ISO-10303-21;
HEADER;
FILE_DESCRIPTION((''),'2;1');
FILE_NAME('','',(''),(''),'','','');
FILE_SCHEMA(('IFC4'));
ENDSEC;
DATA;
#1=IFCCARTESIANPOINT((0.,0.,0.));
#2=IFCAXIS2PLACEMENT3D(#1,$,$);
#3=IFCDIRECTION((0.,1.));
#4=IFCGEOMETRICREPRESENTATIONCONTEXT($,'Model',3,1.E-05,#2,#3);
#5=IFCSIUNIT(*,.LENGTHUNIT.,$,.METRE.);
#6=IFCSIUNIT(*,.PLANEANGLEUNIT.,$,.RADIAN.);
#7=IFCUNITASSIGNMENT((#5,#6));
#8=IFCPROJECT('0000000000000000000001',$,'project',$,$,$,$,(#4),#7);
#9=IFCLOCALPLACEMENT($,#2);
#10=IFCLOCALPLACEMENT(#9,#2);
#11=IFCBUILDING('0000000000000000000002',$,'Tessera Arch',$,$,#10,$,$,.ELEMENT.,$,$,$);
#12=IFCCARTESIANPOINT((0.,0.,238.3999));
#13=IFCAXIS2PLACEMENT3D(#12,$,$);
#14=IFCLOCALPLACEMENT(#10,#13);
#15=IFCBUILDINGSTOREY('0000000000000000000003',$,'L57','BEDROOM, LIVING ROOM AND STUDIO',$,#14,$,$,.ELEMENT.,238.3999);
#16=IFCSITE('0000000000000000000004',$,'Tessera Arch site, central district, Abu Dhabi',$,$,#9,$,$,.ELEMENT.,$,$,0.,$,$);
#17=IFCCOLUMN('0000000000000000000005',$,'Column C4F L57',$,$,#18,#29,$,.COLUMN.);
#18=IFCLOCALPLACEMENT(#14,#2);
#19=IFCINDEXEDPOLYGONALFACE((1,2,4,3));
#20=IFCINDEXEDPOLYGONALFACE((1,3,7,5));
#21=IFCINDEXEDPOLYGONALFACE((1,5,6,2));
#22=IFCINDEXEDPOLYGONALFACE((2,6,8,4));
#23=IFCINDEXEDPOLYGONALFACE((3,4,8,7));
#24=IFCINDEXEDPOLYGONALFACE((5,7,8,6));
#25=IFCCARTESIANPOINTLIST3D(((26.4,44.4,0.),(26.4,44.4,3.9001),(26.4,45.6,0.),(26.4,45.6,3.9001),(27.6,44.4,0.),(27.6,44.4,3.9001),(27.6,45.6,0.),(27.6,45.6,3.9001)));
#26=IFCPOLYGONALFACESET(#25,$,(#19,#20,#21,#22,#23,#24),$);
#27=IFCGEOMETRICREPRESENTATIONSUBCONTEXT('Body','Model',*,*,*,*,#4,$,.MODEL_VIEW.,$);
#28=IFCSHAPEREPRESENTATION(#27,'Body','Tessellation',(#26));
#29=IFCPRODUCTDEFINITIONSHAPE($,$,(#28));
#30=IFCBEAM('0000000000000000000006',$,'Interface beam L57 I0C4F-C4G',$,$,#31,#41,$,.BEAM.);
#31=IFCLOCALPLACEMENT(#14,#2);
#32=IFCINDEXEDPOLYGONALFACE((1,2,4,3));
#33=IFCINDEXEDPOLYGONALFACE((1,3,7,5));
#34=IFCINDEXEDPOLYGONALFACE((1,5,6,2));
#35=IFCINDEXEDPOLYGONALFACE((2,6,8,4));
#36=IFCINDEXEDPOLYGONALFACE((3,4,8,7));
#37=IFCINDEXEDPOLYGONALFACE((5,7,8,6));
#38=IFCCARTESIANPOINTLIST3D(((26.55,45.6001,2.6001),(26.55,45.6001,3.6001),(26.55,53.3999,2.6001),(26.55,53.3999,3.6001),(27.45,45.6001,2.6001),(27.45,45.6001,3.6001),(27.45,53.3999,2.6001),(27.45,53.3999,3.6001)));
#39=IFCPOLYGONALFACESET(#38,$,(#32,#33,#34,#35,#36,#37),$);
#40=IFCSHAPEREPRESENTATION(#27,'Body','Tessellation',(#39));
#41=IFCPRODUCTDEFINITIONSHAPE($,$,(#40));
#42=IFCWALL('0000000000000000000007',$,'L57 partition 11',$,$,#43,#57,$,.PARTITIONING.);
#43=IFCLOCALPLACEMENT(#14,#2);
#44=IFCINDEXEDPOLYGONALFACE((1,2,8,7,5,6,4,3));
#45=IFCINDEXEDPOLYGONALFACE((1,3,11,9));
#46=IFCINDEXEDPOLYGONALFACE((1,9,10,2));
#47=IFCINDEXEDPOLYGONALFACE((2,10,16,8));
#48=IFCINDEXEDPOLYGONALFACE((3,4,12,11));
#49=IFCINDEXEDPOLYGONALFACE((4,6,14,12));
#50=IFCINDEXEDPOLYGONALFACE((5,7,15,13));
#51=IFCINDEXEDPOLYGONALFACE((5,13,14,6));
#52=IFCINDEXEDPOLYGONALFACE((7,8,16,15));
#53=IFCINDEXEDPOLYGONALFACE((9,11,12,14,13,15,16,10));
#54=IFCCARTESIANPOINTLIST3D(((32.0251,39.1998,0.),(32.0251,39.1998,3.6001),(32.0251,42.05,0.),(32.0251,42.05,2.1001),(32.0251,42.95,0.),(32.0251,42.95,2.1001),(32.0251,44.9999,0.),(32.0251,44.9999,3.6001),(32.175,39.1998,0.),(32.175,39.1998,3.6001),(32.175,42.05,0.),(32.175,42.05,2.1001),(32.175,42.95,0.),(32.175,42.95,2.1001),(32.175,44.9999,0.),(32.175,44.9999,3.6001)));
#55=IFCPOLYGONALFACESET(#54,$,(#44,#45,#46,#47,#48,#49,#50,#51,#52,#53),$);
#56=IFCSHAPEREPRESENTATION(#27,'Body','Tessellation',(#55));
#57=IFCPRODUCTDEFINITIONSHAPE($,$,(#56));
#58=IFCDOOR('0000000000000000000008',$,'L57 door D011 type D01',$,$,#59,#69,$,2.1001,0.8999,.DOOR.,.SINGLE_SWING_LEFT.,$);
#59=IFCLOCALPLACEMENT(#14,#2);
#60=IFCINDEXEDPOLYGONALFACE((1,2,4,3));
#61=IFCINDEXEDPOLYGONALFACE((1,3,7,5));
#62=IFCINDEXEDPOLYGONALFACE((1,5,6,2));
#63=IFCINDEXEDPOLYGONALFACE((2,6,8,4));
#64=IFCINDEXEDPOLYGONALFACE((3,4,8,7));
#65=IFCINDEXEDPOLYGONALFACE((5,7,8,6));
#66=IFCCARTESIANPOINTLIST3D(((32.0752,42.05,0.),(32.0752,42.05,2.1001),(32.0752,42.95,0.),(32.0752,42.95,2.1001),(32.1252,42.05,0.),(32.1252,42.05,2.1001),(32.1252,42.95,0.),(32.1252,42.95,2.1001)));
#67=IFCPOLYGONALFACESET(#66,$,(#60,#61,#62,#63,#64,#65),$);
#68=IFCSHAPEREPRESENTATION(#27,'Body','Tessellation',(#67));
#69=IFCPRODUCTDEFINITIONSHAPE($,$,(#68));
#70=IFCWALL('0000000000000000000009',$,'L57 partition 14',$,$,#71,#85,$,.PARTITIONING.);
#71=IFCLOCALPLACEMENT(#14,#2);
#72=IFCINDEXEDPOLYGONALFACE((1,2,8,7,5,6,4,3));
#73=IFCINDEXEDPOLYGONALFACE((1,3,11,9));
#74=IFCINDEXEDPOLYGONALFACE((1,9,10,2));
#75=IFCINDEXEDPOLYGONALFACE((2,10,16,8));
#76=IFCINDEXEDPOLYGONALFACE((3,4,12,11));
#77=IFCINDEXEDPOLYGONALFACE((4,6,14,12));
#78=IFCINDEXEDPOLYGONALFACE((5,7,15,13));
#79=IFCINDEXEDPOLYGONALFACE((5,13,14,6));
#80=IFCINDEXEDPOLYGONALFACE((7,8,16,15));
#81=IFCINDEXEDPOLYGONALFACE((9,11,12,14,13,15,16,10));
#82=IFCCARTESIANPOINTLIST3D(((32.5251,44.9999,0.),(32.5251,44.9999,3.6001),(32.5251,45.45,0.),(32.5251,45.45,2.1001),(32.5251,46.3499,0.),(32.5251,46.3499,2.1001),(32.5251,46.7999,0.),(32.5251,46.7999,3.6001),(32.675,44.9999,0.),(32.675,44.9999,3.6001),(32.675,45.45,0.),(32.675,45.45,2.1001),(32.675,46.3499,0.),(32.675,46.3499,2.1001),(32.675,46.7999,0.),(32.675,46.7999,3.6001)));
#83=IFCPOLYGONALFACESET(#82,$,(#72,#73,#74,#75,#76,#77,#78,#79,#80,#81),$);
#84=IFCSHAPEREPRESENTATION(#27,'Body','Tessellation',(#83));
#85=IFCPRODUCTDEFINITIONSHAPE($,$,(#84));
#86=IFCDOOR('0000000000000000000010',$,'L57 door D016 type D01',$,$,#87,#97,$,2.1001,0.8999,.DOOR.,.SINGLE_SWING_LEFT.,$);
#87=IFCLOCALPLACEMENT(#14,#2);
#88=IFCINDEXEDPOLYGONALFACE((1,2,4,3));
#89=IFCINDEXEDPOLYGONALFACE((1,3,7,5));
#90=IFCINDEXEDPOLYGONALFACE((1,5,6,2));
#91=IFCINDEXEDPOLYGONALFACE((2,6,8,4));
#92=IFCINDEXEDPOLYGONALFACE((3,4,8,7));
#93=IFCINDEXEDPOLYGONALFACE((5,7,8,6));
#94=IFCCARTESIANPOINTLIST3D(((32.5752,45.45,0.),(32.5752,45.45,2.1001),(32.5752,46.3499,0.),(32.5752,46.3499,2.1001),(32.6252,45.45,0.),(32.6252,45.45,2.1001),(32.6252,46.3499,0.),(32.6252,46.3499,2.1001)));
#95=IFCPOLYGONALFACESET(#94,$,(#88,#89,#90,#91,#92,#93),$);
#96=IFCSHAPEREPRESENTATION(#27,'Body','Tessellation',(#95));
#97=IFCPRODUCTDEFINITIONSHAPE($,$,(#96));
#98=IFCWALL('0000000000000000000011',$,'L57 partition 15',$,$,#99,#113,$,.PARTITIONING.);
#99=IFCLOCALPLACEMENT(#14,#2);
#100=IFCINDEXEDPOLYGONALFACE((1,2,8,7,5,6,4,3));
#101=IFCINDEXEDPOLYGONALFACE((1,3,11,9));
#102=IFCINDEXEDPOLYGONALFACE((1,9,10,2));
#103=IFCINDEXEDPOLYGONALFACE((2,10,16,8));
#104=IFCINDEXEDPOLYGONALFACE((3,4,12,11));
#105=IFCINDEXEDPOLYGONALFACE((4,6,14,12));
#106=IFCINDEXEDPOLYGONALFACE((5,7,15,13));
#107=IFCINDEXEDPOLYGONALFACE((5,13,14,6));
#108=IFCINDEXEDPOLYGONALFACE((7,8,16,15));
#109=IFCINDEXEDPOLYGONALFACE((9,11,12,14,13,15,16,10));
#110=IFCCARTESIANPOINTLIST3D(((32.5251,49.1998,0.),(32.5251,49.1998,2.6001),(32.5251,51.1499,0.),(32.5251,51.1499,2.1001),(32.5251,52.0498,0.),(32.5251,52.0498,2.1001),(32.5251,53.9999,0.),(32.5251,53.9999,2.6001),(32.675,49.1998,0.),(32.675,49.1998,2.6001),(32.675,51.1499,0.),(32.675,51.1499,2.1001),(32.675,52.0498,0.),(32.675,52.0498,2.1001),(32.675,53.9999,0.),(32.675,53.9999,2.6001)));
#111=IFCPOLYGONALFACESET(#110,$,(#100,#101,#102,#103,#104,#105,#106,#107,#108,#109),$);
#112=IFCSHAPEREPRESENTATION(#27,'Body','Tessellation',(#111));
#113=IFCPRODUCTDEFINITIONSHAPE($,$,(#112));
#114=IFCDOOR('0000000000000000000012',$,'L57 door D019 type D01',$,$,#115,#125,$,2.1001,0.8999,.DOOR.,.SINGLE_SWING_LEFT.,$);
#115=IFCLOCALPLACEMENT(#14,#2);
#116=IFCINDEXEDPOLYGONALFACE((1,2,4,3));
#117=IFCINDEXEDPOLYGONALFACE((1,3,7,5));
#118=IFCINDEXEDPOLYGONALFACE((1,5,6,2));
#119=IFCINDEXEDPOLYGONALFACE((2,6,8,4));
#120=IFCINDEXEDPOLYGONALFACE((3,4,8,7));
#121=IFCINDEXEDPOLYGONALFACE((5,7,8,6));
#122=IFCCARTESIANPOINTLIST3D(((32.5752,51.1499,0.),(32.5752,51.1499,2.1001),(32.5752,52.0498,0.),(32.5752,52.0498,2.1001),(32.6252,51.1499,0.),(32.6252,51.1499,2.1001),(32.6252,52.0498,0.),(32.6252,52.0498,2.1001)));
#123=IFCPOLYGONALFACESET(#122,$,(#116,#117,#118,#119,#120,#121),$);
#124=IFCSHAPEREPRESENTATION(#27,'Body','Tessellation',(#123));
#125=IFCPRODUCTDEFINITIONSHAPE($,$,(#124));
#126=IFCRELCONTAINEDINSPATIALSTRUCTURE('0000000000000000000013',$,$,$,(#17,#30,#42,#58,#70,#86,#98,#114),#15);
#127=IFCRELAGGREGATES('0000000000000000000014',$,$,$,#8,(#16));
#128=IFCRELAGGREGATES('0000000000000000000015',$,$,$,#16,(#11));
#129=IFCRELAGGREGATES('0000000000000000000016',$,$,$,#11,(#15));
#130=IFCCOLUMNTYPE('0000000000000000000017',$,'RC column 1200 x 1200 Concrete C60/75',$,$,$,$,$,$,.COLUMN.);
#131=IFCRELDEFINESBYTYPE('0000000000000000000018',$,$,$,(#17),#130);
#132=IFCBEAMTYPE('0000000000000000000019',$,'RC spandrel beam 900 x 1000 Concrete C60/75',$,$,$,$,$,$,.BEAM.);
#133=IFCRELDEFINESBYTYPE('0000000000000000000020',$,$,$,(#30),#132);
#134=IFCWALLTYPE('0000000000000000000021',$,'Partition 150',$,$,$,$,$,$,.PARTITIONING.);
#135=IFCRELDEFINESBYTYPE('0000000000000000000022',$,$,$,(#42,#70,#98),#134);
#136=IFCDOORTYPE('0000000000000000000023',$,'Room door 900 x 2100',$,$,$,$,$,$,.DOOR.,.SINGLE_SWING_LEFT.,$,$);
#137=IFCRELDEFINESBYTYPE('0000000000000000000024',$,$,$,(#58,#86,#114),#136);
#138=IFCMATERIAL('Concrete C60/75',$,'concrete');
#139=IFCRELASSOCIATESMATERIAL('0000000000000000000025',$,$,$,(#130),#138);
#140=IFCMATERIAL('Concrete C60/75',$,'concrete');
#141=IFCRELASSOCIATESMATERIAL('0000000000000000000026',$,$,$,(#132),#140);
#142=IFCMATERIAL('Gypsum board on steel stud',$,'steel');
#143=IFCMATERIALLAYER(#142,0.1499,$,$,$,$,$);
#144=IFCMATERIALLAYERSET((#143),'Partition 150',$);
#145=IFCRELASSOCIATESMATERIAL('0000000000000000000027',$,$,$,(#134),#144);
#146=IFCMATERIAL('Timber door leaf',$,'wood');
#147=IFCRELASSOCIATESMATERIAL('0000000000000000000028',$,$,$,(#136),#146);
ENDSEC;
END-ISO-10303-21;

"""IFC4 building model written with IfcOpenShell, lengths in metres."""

from ifc_helpers import new_model, si_unit, direction, frame, frame_2d, origin, origin_2d, place, context, subcontext, project, spatial, rectangle, extrude, material, layer, layer_set, material_profile, profile_set, type_object, element, fill, save


model = new_model("IFC4")

# Units and contexts
model_context = context("Model", 3, precision=1e-05, world=origin(), true_north=direction((0.0, 1.0)))
body_context = subcontext(model_context, "Body", "Model", "MODEL_VIEW")
ifc_project = project(units=[si_unit("LENGTHUNIT", "METRE"), si_unit("PLANEANGLEUNIT", "RADIAN")], contexts=[model_context])

# Site, building, storey
site_placement = place(None, origin())
site = spatial("IfcSite", under=ifc_project, at=site_placement, Name="Tessera Arch site, central district, Abu Dhabi", CompositionType="ELEMENT", RefElevation=0.0)
building_placement = place(site_placement, origin())
building = spatial("IfcBuilding", under=site, at=building_placement, Name="Tessera Arch", CompositionType="ELEMENT")
storey_placement = place(building_placement, frame((0.0, 0.0, 238.3999)))
storey = spatial("IfcBuildingStorey", under=building, at=storey_placement, Name="L57", Description="BEDROOM, LIVING ROOM AND STUDIO", CompositionType="ELEMENT", Elevation=238.3999)

# Column
ifc_material_1 = material(Name="Concrete C60/75", Category="concrete")
ifc_material_profile_1 = material_profile(ifc_material_1, rectangle(XDim=1.2, YDim=1.2, at=origin_2d()), Name="RC column 1200 x 1200 Concrete C60/75")
ifc_profile_set_1 = profile_set([ifc_material_profile_1], Name="Concrete C60/75")
column_type = type_object("IfcColumnType", Name="RC column 1200 x 1200 Concrete C60/75", PredefinedType="COLUMN", material=ifc_profile_set_1)
column_placement = place(storey_placement, frame((27.0, 45.0, 0.0), z_axis=(0.0, 0.0, 1.0), x_axis=(1.0, 0.0, 0.0)))
element("IfcColumn", 1, at=column_placement, inside=storey, type_object=column_type, Name="Column C4F L57", PredefinedType="COLUMN", context=body_context, shape_type="SweptSolid", body=[
    extrude(rectangle(XDim=1.2, YDim=1.2, at=origin_2d()), origin(), (0.0, 0.0, 1.0), 3.9001),
])

# Beam
ifc_material_2 = material(Name="Concrete C60/75", Category="concrete")
ifc_material_profile_2 = material_profile(ifc_material_2, rectangle(XDim=0.8999, YDim=1.0, at=origin_2d()), Name="RC spandrel beam 900 x 1000 Concrete C60/75")
ifc_profile_set_2 = profile_set([ifc_material_profile_2], Name="Concrete C60/75")
beam_type = type_object("IfcBeamType", Name="RC spandrel beam 900 x 1000 Concrete C60/75", PredefinedType="BEAM", material=ifc_profile_set_2)
beam_placement = place(storey_placement, frame((27.0, 45.6001, 3.1001), z_axis=(0.0, 1.0, 0.0), x_axis=(-1.0, 0.0, 0.0)))
element("IfcBeam", 2, at=beam_placement, inside=storey, type_object=beam_type, Name="Interface beam L57 I0C4F-C4G", PredefinedType="BEAM", context=body_context, shape_type="SweptSolid", body=[
    extrude(rectangle(XDim=0.8999, YDim=1.0, at=origin_2d()), origin(), (0.0, 0.0, 1.0), 7.7998),
])

# Walls, openings, doors
ifc_material_3 = material(Name="Gypsum board on steel stud", Category="steel")
ifc_layer_1 = layer(ifc_material_3, 0.1499)
ifc_layer_set_1 = layer_set([ifc_layer_1], Name="Partition 150")
wall_type_1 = type_object("IfcWallType", Name="Partition 150", PredefinedType="PARTITIONING", material=ifc_layer_set_1)
wall_1_placement = place(storey_placement, frame((32.1001, 39.2, 0.0), z_axis=(0.0, 0.0, 1.0), x_axis=(0.0, 1.0, 0.0)))
wall_1 = element("IfcWall", 3, at=wall_1_placement, inside=storey, type_object=wall_type_1, Name="L57 partition 11", PredefinedType="PARTITIONING", context=body_context, shape_type="SweptSolid", body=[
    extrude(rectangle(XDim=5.8, YDim=0.1499, at=frame_2d((2.8999, 0.0))), origin(), (0.0, 0.0, 1.0), 3.6001),
])
opening_1_placement = place(wall_1_placement, frame((2.8501, 0.0, 0.0)))
opening_1 = element("IfcOpeningElement", 4, at=opening_1_placement, cuts=wall_1, PredefinedType="OPENING", context=body_context, shape_type="SweptSolid", body=[
    extrude(rectangle(XDim=0.8999, YDim=2.1001, at=frame_2d((0.45, 1.05))), frame((0.0, 0.085, 0.0), z_axis=(0.0, -1.0, 0.0), x_axis=(1.0, 0.0, 0.0)), (0.0, 0.0, 1.0), 0.1699),
])
ifc_material_4 = material(Name="Timber door leaf", Category="wood")
door_type_1 = type_object("IfcDoorType", Name="Room door 900 x 2100", OperationType="SINGLE_SWING_LEFT", PredefinedType="DOOR", material=ifc_material_4)
door_1_placement = place(opening_1_placement, origin())
door_1 = element("IfcDoor", 5, at=door_1_placement, inside=storey, type_object=door_type_1, Name="L57 door D011 type D01", OperationType="SINGLE_SWING_LEFT", OverallHeight=2.1001, OverallWidth=0.8999, PredefinedType="DOOR", context=body_context, shape_type="SweptSolid", body=[
    extrude(rectangle(XDim=0.8999, YDim=2.1001, at=frame_2d((0.45, 1.05))), frame((0.0, 0.0249, 0.0), z_axis=(0.0, -1.0, 0.0), x_axis=(1.0, 0.0, 0.0)), (0.0, 0.0, 1.0), 0.05),
])
fill(opening_1, door_1)
wall_2_placement = place(storey_placement, frame((32.6001, 45.0, 0.0), z_axis=(0.0, 0.0, 1.0), x_axis=(0.0, 1.0, 0.0)))
wall_2 = element("IfcWall", 6, at=wall_2_placement, inside=storey, type_object=wall_type_1, Name="L57 partition 14", PredefinedType="PARTITIONING", context=body_context, shape_type="SweptSolid", body=[
    extrude(rectangle(XDim=1.8, YDim=0.1499, at=frame_2d((0.8999, 0.0))), origin(), (0.0, 0.0, 1.0), 3.6001),
])
opening_2_placement = place(wall_2_placement, frame((0.45, 0.0, 0.0)))
opening_2 = element("IfcOpeningElement", 7, at=opening_2_placement, cuts=wall_2, PredefinedType="OPENING", context=body_context, shape_type="SweptSolid", body=[
    extrude(rectangle(XDim=0.8999, YDim=2.1001, at=frame_2d((0.45, 1.05))), frame((0.0, 0.085, 0.0), z_axis=(0.0, -1.0, 0.0), x_axis=(1.0, 0.0, 0.0)), (0.0, 0.0, 1.0), 0.1699),
])
door_2_placement = place(opening_2_placement, origin())
door_2 = element("IfcDoor", 8, at=door_2_placement, inside=storey, type_object=door_type_1, Name="L57 door D016 type D01", OperationType="SINGLE_SWING_LEFT", OverallHeight=2.1001, OverallWidth=0.8999, PredefinedType="DOOR", context=body_context, shape_type="SweptSolid", body=[
    extrude(rectangle(XDim=0.8999, YDim=2.1001, at=frame_2d((0.45, 1.05))), frame((0.0, 0.0249, 0.0), z_axis=(0.0, -1.0, 0.0), x_axis=(1.0, 0.0, 0.0)), (0.0, 0.0, 1.0), 0.05),
])
fill(opening_2, door_2)
wall_3_placement = place(storey_placement, frame((32.6001, 49.2, 0.0), z_axis=(0.0, 0.0, 1.0), x_axis=(0.0, 1.0, 0.0)))
wall_3 = element("IfcWall", 9, at=wall_3_placement, inside=storey, type_object=wall_type_1, Name="L57 partition 15", PredefinedType="PARTITIONING", context=body_context, shape_type="SweptSolid", body=[
    extrude(rectangle(XDim=4.8, YDim=0.1499, at=frame_2d((2.3999, 0.0))), origin(), (0.0, 0.0, 1.0), 2.6001),
])
opening_3_placement = place(wall_3_placement, frame((1.95, 0.0, 0.0)))
opening_3 = element("IfcOpeningElement", 10, at=opening_3_placement, cuts=wall_3, PredefinedType="OPENING", context=body_context, shape_type="SweptSolid", body=[
    extrude(rectangle(XDim=0.8999, YDim=2.1001, at=frame_2d((0.45, 1.05))), frame((0.0, 0.085, 0.0), z_axis=(0.0, -1.0, 0.0), x_axis=(1.0, 0.0, 0.0)), (0.0, 0.0, 1.0), 0.1699),
])
door_3_placement = place(opening_3_placement, origin())
door_3 = element("IfcDoor", 11, at=door_3_placement, inside=storey, type_object=door_type_1, Name="L57 door D019 type D01", OperationType="SINGLE_SWING_LEFT", OverallHeight=2.1001, OverallWidth=0.8999, PredefinedType="DOOR", context=body_context, shape_type="SweptSolid", body=[
    extrude(rectangle(XDim=0.8999, YDim=2.1001, at=frame_2d((0.45, 1.05))), frame((0.0, 0.0249, 0.0), z_axis=(0.0, -1.0, 0.0), x_axis=(1.0, 0.0, 0.0)), (0.0, 0.0, 1.0), 0.05),
])
fill(opening_3, door_3)

save(model, "model.ifc")
